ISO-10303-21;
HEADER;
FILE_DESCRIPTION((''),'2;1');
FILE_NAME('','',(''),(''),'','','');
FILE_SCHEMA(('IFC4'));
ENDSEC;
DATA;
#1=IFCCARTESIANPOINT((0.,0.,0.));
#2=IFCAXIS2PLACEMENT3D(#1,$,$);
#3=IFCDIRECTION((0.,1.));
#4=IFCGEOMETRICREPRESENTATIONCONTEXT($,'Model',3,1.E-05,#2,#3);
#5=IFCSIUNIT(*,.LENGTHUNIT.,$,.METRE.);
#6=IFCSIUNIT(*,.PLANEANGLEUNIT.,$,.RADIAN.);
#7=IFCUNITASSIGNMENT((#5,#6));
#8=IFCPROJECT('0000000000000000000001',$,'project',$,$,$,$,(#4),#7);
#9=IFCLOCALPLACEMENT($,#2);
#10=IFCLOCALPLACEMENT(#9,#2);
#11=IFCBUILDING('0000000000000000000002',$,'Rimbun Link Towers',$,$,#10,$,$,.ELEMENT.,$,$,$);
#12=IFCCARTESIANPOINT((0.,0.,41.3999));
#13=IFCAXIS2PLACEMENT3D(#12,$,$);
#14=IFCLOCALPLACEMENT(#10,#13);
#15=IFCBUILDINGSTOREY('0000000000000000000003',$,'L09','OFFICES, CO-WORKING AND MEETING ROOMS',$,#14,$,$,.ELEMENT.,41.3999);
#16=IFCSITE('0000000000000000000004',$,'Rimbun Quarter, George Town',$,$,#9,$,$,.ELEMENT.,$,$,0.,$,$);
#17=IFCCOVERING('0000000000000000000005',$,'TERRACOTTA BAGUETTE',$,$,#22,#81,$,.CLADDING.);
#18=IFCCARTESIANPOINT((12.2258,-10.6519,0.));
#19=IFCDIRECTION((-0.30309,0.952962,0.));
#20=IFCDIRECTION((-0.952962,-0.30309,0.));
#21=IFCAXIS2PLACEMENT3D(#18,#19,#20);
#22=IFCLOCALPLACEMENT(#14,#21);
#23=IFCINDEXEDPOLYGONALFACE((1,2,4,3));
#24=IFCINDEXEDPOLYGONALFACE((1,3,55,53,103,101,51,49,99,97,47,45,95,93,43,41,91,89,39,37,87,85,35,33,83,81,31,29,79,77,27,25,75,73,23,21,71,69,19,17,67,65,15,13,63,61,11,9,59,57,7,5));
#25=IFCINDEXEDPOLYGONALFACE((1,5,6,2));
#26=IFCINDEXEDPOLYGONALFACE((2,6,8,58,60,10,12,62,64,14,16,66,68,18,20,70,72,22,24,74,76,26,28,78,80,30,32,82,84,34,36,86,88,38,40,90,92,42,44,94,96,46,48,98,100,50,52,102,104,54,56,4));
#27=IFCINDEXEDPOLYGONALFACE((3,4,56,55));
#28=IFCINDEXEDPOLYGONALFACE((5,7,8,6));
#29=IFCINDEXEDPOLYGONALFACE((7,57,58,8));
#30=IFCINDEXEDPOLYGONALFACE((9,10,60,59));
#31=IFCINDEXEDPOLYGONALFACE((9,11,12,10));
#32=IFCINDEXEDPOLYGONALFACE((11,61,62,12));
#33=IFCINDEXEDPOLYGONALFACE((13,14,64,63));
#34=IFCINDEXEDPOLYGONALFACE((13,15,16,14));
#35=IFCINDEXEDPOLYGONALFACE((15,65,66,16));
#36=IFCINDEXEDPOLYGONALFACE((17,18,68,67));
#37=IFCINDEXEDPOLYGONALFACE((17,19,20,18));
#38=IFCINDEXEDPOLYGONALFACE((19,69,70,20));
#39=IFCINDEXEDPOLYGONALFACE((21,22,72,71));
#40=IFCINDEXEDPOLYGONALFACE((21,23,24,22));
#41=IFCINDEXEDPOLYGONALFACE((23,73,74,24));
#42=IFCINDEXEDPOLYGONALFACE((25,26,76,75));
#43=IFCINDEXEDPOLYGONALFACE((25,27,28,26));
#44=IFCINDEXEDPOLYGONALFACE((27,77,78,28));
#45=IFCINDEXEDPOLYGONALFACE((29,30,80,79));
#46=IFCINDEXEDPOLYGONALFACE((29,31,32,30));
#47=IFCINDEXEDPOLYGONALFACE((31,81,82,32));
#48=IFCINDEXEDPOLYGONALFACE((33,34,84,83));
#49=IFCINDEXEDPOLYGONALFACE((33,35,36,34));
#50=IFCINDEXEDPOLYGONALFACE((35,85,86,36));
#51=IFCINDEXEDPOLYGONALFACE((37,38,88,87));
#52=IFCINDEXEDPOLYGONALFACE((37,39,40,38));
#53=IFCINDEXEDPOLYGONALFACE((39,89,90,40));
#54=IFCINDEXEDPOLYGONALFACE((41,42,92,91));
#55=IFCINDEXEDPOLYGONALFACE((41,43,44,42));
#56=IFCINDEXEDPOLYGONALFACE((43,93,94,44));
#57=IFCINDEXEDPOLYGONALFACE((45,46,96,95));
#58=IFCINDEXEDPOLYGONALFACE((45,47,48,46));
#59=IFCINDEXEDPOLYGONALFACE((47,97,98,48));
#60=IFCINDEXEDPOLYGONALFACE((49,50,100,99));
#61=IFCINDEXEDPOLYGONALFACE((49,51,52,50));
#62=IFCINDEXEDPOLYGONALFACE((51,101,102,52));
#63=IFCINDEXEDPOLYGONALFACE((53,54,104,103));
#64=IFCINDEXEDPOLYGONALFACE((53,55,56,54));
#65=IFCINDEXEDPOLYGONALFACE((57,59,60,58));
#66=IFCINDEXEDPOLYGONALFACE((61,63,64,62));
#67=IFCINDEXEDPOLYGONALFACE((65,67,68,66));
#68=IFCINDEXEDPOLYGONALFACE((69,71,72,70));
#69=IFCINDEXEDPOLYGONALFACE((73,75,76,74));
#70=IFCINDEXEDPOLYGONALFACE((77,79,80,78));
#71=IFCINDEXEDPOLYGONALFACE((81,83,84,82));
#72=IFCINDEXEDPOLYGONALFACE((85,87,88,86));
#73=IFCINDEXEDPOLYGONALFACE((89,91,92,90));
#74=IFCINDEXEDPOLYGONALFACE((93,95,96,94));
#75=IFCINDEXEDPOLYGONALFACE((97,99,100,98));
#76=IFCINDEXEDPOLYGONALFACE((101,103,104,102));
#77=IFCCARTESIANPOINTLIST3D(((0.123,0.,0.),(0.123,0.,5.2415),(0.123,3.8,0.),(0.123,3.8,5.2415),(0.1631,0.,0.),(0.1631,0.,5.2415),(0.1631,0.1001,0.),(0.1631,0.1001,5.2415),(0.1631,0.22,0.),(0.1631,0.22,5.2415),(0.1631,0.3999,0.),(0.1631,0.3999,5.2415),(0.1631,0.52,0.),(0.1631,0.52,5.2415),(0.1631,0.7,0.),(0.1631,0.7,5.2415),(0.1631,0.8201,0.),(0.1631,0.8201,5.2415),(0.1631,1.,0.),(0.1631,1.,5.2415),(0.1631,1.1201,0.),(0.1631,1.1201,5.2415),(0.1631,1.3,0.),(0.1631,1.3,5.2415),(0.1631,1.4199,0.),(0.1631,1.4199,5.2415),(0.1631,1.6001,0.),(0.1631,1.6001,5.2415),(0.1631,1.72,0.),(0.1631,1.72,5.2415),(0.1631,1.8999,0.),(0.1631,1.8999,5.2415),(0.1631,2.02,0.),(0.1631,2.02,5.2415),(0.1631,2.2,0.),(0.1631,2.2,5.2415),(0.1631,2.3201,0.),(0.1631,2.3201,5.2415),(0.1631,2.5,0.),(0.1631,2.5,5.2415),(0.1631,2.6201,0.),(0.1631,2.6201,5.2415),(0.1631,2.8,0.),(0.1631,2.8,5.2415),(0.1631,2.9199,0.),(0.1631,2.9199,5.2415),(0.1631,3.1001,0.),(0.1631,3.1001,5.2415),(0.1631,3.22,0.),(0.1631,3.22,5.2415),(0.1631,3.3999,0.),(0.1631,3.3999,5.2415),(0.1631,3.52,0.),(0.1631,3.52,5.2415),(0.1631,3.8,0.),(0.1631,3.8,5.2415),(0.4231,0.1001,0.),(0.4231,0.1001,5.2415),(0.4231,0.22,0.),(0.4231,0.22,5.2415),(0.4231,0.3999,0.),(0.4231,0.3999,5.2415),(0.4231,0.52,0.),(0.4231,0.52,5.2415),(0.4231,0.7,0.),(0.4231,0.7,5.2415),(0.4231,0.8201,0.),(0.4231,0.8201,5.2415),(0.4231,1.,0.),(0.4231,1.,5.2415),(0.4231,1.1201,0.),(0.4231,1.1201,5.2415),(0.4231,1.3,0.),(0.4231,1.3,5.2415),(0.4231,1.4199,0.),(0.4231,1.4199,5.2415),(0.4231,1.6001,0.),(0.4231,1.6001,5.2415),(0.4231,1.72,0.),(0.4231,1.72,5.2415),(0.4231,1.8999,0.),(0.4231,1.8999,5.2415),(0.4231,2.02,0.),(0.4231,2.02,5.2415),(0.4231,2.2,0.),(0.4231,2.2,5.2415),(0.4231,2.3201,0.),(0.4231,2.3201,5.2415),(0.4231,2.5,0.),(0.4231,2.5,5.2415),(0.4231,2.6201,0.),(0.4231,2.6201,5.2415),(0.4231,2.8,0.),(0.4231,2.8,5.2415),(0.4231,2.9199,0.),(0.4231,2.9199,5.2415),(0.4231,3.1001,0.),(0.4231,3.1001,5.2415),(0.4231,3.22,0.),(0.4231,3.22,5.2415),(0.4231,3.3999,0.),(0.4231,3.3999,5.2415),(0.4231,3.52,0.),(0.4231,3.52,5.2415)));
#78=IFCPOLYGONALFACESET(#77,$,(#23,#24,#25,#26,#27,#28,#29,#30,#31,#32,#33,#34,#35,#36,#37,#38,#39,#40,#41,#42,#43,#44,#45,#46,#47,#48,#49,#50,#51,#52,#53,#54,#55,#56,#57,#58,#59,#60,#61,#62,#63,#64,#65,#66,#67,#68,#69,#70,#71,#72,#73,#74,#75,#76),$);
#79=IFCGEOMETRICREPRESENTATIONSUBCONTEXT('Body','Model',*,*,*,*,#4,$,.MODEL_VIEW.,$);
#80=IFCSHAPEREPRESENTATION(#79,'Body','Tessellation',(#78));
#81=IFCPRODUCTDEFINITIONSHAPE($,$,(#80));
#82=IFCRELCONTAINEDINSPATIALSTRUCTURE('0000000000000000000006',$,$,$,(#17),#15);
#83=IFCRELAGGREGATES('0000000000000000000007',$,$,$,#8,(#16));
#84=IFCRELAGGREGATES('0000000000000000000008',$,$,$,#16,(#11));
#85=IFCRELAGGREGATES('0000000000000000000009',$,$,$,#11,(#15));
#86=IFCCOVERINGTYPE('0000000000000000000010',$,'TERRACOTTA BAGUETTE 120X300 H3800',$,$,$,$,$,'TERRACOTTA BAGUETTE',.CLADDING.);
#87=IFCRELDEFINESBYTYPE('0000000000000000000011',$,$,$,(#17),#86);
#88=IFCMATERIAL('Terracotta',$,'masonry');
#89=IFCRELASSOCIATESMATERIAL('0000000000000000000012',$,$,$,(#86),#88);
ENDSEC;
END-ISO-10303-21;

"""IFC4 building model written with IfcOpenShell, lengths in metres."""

from ifc_helpers import new_model, si_unit, direction, frame, origin, place, context, subcontext, project, spatial, polyline, outline, extrude, material, material_profile, profile_set, type_object, element, save


model = new_model("IFC4")

# Units and contexts
model_context = context("Model", 3, precision=1e-05, world=origin(), true_north=direction((0.0, 1.0)))
body_context = subcontext(model_context, "Body", "Model", "MODEL_VIEW")
ifc_project = project(units=[si_unit("LENGTHUNIT", "METRE"), si_unit("PLANEANGLEUNIT", "RADIAN")], contexts=[model_context])

# Site, building, storey
site_placement = place(None, origin())
site = spatial("IfcSite", under=ifc_project, at=site_placement, Name="Rimbun Quarter, George Town", CompositionType="ELEMENT", RefElevation=0.0)
building_placement = place(site_placement, origin())
building = spatial("IfcBuilding", under=site, at=building_placement, Name="Rimbun Link Towers", CompositionType="ELEMENT")
storey_placement = place(building_placement, frame((0.0, 0.0, 41.3999)))
storey = spatial("IfcBuildingStorey", under=building, at=storey_placement, Name="L09", Description="OFFICES, CO-WORKING AND MEETING ROOMS", CompositionType="ELEMENT", Elevation=41.3999)

# Covering
ifc_material_1 = material(Name="Terracotta", Category="masonry")
ifc_material_profile_1 = material_profile(ifc_material_1, outline(polyline([(0.123, 0.0), (0.1631, 0.0), (0.1631, 0.1001), (0.4231, 0.1001), (0.4231, 0.22), (0.1631, 0.22), (0.1631, 0.3999), (0.4231, 0.3999), (0.4231, 0.52), (0.1631, 0.52), (0.1631, 0.7), (0.4231, 0.7), (0.4231, 0.8201), (0.1631, 0.8201), (0.1631, 1.0), (0.4231, 1.0), (0.4231, 1.1201), (0.1631, 1.1201), (0.1631, 1.3), (0.4231, 1.3), (0.4231, 1.4199), (0.1631, 1.4199), (0.1631, 1.6001), (0.4231, 1.6001), (0.4231, 1.72), (0.1631, 1.72), (0.1631, 1.8999), (0.4231, 1.8999), (0.4231, 2.02), (0.1631, 2.02), (0.1631, 2.2), (0.4231, 2.2), (0.4231, 2.3201), (0.1631, 2.3201), (0.1631, 2.5), (0.4231, 2.5), (0.4231, 2.6201), (0.1631, 2.6201), (0.1631, 2.8), (0.4231, 2.8), (0.4231, 2.9199), (0.1631, 2.9199), (0.1631, 3.1001), (0.4231, 3.1001), (0.4231, 3.22), (0.1631, 3.22), (0.1631, 3.3999), (0.4231, 3.3999), (0.4231, 3.52), (0.1631, 3.52), (0.1631, 3.8), (0.123, 3.8), (0.123, 0.0)])), Name="BAGUETTE 120X300")
ifc_profile_set_1 = profile_set([ifc_material_profile_1], Name="Terracotta")
covering_type = type_object("IfcCoveringType", Name="TERRACOTTA BAGUETTE 120X300 H3800", ElementType="TERRACOTTA BAGUETTE", PredefinedType="CLADDING", material=ifc_profile_set_1)
covering_1_placement = place(storey_placement, frame((12.2258, -10.6519, 0.0), z_axis=(-0.30309, 0.952962, 0.0), x_axis=(-0.952962, -0.30309, 0.0)))
element("IfcCovering", 1, at=covering_1_placement, inside=storey, type_object=covering_type, Name="TERRACOTTA BAGUETTE", PredefinedType="CLADDING", context=body_context, shape_type="SweptSolid", body=[
    extrude(outline(polyline([(0.123, 0.0), (0.1631, 0.0), (0.1631, 0.1001), (0.4231, 0.1001), (0.4231, 0.22), (0.1631, 0.22), (0.1631, 0.3999), (0.4231, 0.3999), (0.4231, 0.52), (0.1631, 0.52), (0.1631, 0.7), (0.4231, 0.7), (0.4231, 0.8201), (0.1631, 0.8201), (0.1631, 1.0), (0.4231, 1.0), (0.4231, 1.1201), (0.1631, 1.1201), (0.1631, 1.3), (0.4231, 1.3), (0.4231, 1.4199), (0.1631, 1.4199), (0.1631, 1.6001), (0.4231, 1.6001), (0.4231, 1.72), (0.1631, 1.72), (0.1631, 1.8999), (0.4231, 1.8999), (0.4231, 2.02), (0.1631, 2.02), (0.1631, 2.2), (0.4231, 2.2), (0.4231, 2.3201), (0.1631, 2.3201), (0.1631, 2.5), (0.4231, 2.5), (0.4231, 2.6201), (0.1631, 2.6201), (0.1631, 2.8), (0.4231, 2.8), (0.4231, 2.9199), (0.1631, 2.9199), (0.1631, 3.1001), (0.4231, 3.1001), (0.4231, 3.22), (0.1631, 3.22), (0.1631, 3.3999), (0.4231, 3.3999), (0.4231, 3.52), (0.1631, 3.52), (0.1631, 3.8), (0.123, 3.8), (0.123, 0.0)])), origin(), (0.0, 0.0, 1.0), 5.2415),
])

save(model, "model.ifc")
